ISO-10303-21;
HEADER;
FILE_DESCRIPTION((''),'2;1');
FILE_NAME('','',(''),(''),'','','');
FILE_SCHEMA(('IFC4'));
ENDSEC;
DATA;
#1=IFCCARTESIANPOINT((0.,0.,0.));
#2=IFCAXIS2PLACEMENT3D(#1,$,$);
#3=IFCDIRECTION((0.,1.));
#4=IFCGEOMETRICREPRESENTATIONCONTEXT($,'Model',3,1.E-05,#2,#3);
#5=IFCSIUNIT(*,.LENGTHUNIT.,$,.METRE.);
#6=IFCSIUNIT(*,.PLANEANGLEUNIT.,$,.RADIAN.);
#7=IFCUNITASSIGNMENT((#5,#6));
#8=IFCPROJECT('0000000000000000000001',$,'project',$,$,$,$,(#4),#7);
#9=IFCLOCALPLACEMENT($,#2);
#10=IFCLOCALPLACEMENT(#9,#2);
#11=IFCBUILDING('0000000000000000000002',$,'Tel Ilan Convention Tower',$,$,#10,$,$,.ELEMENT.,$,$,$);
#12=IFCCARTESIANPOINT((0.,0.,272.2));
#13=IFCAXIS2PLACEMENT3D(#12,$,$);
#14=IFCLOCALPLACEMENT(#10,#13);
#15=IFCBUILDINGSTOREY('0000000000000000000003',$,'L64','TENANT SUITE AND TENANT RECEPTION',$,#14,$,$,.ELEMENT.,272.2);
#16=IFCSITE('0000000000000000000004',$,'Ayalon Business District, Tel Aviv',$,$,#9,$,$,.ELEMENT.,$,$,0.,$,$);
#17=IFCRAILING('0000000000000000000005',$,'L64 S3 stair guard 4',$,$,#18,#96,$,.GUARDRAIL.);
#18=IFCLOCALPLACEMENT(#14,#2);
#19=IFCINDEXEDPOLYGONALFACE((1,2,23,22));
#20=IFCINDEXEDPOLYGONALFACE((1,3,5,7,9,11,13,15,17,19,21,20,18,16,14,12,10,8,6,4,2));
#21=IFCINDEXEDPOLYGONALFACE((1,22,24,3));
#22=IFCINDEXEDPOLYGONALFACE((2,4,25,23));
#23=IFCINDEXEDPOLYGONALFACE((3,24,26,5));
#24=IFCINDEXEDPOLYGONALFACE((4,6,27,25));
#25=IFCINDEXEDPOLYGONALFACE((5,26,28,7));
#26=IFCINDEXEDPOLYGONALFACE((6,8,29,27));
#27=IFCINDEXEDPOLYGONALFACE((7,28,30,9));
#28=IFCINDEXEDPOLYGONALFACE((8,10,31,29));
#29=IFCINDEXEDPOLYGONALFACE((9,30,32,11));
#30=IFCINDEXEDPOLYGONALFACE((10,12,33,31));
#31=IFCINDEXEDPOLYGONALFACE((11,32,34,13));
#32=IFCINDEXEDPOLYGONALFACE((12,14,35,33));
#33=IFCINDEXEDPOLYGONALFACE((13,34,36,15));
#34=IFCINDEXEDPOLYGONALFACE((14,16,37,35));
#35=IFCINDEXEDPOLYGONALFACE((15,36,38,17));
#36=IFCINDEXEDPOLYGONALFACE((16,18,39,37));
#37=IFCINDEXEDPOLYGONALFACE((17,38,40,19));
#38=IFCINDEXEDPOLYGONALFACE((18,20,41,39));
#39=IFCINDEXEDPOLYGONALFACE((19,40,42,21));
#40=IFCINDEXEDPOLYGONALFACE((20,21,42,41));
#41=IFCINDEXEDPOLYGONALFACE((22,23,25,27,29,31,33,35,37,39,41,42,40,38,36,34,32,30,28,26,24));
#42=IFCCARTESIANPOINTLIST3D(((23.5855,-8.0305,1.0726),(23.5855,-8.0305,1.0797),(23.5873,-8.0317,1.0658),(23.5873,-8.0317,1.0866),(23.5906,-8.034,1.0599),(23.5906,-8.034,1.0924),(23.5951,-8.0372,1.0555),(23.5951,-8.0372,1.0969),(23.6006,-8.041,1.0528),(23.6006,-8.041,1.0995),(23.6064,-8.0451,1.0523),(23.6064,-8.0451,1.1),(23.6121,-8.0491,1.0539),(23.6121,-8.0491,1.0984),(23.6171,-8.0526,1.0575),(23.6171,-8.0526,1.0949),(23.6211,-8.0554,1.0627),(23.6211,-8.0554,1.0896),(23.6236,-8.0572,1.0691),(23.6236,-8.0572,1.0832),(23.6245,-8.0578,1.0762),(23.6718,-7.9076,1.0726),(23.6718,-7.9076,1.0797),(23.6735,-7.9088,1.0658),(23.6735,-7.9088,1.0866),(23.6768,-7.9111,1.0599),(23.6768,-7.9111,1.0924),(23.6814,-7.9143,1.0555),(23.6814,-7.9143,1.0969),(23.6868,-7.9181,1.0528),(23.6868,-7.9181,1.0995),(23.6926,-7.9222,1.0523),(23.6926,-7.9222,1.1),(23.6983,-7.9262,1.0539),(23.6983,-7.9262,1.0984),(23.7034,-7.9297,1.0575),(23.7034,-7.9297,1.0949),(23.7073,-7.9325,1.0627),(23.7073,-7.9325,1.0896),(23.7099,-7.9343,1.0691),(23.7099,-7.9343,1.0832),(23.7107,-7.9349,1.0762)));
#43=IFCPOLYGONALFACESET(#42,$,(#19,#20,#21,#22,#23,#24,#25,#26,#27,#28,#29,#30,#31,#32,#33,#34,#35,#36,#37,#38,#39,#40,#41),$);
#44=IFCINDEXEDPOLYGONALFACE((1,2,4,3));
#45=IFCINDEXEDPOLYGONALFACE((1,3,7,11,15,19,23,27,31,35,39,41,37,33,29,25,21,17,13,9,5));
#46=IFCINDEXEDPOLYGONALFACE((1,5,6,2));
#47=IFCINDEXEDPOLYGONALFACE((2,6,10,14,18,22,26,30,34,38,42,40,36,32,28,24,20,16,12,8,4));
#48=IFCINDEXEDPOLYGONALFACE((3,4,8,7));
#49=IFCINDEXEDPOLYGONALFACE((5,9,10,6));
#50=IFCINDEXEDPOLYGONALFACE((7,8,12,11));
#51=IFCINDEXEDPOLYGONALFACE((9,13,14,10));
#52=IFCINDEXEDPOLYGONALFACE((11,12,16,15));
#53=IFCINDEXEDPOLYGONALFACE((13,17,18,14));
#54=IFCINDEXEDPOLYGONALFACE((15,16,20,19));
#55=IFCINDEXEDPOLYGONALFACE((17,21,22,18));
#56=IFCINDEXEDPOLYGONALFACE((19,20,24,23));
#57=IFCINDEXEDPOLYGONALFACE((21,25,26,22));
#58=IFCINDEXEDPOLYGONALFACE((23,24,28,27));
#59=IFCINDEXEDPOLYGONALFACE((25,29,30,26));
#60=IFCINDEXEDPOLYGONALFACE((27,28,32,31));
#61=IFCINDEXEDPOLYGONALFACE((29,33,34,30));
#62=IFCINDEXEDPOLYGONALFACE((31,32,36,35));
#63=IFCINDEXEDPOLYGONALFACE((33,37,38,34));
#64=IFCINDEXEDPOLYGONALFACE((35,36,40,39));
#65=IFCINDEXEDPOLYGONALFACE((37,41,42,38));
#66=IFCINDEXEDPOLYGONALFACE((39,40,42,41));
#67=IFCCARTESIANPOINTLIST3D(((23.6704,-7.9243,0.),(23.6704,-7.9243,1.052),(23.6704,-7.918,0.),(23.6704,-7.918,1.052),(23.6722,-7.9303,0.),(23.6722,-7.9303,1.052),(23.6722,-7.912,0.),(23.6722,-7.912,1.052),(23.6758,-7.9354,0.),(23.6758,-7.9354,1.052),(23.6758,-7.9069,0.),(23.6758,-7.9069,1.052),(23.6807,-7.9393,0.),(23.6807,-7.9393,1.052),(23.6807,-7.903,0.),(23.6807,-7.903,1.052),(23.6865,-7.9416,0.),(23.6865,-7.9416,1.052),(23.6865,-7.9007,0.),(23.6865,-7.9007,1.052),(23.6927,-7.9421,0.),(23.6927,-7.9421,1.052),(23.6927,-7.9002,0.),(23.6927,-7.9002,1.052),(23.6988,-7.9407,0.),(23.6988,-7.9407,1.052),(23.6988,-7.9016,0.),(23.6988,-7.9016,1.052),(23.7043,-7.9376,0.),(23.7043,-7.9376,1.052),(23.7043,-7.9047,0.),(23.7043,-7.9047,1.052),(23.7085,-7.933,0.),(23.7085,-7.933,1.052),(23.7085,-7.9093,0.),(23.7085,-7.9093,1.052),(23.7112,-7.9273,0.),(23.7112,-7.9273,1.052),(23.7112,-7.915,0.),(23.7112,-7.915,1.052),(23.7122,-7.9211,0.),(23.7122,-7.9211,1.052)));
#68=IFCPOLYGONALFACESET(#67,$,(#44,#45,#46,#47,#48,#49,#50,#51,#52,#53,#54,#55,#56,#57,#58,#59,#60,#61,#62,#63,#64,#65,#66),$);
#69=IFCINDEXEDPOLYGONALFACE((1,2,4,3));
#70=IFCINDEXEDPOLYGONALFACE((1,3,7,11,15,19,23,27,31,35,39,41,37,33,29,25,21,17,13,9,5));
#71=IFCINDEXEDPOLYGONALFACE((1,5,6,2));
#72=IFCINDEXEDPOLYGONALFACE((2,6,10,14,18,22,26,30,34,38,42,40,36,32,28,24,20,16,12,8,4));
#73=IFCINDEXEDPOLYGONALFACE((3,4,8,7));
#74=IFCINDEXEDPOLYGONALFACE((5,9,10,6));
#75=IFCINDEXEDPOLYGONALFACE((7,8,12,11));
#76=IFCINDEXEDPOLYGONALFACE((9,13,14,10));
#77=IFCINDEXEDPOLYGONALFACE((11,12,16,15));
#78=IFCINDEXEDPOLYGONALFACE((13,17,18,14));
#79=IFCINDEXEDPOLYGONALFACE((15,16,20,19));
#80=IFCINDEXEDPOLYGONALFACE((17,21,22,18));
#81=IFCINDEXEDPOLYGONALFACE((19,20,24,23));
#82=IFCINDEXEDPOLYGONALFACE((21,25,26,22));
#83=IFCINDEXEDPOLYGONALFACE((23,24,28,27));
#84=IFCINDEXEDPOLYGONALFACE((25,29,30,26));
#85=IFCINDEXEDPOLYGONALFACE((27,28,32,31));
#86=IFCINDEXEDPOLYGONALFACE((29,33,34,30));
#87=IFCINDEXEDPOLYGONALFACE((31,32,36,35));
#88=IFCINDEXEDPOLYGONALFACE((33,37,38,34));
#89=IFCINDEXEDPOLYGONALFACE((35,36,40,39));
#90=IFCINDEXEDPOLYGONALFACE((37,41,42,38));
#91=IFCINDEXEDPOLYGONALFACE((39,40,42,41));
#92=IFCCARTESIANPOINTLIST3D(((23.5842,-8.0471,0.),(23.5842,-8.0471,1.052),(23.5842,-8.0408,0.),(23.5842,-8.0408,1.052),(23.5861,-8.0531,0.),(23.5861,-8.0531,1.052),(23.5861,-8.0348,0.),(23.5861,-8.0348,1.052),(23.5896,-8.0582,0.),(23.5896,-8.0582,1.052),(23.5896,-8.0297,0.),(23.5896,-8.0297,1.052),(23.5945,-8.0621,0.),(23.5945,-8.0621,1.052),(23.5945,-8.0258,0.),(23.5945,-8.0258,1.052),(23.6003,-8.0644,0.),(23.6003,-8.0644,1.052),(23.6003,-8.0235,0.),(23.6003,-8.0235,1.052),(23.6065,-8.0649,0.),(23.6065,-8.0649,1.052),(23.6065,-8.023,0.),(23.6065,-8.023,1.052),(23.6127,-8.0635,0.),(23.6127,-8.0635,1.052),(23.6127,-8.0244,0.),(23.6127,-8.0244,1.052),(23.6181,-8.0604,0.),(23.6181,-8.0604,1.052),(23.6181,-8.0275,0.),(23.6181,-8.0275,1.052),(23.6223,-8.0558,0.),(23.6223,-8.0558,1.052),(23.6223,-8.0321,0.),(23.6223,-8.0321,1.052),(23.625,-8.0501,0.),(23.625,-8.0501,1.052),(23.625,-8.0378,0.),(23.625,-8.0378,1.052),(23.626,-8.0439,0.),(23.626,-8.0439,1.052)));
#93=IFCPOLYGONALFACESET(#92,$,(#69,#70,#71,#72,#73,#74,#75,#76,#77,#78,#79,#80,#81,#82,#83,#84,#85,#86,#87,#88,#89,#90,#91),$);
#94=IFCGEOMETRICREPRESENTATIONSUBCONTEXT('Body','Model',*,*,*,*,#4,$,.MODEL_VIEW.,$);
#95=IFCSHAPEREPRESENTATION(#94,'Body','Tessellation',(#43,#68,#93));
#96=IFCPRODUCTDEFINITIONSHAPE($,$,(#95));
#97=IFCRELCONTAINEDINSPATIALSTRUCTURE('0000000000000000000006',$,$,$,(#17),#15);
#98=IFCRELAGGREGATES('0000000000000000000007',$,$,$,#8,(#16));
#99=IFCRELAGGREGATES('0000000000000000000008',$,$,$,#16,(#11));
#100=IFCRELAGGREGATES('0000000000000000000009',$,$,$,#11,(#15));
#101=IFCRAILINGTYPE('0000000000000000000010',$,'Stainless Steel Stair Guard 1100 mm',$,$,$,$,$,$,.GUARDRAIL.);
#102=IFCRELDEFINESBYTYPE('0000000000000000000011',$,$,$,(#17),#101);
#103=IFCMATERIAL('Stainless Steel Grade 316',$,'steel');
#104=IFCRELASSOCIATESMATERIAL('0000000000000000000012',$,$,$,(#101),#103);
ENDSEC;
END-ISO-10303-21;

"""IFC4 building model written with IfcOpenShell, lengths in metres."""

from ifc_helpers import new_model, si_unit, direction, frame, origin, origin_2d, place, context, subcontext, project, spatial, circle, extrude, material, type_object, element, save


model = new_model("IFC4")

# Units and contexts
model_context = context("Model", 3, precision=1e-05, world=origin(), true_north=direction((0.0, 1.0)))
body_context = subcontext(model_context, "Body", "Model", "MODEL_VIEW")
ifc_project = project(units=[si_unit("LENGTHUNIT", "METRE"), si_unit("PLANEANGLEUNIT", "RADIAN")], contexts=[model_context])

# Site, building, storey
site_placement = place(None, origin())
site = spatial("IfcSite", under=ifc_project, at=site_placement, Name="Ayalon Business District, Tel Aviv", CompositionType="ELEMENT", RefElevation=0.0)
building_placement = place(site_placement, origin())
building = spatial("IfcBuilding", under=site, at=building_placement, Name="Tel Ilan Convention Tower", CompositionType="ELEMENT")
storey_placement = place(building_placement, frame((0.0, 0.0, 272.2)))
storey = spatial("IfcBuildingStorey", under=building, at=storey_placement, Name="L64", Description="TENANT SUITE AND TENANT RECEPTION", CompositionType="ELEMENT", Elevation=272.2)

# Railing
ifc_material_1 = material(Name="Stainless Steel Grade 316", Category="steel")
railing_type_1 = type_object("IfcRailingType", Name="Stainless Steel Stair Guard 1100 mm", PredefinedType="GUARDRAIL", material=ifc_material_1)
railing_1_placement = place(storey_placement, frame((23.6912, -7.9211, 0.0)))
element("IfcRailing", 1, at=railing_1_placement, inside=storey, type_object=railing_type_1, Name="L64 S3 stair guard 4", PredefinedType="GUARDRAIL", context=body_context, shape_type="SweptSolid", body=[
    extrude(circle(Radius=0.0239, at=origin_2d()), frame((0.0, 0.0, 1.0762), z_axis=(-0.574445, -0.818543, 0.0), x_axis=(0.818543, -0.574445, 0.0)), (0.0, 0.0, 1.0), 0.1501),
    extrude(circle(Radius=0.021, at=origin_2d()), origin(), (0.0, 0.0, 1.0), 1.052),
    extrude(circle(Radius=0.021, at=origin_2d()), frame((-0.0862, -0.1228, 0.0)), (0.0, 0.0, 1.0), 1.052),
])

save(model, "model.ifc")
